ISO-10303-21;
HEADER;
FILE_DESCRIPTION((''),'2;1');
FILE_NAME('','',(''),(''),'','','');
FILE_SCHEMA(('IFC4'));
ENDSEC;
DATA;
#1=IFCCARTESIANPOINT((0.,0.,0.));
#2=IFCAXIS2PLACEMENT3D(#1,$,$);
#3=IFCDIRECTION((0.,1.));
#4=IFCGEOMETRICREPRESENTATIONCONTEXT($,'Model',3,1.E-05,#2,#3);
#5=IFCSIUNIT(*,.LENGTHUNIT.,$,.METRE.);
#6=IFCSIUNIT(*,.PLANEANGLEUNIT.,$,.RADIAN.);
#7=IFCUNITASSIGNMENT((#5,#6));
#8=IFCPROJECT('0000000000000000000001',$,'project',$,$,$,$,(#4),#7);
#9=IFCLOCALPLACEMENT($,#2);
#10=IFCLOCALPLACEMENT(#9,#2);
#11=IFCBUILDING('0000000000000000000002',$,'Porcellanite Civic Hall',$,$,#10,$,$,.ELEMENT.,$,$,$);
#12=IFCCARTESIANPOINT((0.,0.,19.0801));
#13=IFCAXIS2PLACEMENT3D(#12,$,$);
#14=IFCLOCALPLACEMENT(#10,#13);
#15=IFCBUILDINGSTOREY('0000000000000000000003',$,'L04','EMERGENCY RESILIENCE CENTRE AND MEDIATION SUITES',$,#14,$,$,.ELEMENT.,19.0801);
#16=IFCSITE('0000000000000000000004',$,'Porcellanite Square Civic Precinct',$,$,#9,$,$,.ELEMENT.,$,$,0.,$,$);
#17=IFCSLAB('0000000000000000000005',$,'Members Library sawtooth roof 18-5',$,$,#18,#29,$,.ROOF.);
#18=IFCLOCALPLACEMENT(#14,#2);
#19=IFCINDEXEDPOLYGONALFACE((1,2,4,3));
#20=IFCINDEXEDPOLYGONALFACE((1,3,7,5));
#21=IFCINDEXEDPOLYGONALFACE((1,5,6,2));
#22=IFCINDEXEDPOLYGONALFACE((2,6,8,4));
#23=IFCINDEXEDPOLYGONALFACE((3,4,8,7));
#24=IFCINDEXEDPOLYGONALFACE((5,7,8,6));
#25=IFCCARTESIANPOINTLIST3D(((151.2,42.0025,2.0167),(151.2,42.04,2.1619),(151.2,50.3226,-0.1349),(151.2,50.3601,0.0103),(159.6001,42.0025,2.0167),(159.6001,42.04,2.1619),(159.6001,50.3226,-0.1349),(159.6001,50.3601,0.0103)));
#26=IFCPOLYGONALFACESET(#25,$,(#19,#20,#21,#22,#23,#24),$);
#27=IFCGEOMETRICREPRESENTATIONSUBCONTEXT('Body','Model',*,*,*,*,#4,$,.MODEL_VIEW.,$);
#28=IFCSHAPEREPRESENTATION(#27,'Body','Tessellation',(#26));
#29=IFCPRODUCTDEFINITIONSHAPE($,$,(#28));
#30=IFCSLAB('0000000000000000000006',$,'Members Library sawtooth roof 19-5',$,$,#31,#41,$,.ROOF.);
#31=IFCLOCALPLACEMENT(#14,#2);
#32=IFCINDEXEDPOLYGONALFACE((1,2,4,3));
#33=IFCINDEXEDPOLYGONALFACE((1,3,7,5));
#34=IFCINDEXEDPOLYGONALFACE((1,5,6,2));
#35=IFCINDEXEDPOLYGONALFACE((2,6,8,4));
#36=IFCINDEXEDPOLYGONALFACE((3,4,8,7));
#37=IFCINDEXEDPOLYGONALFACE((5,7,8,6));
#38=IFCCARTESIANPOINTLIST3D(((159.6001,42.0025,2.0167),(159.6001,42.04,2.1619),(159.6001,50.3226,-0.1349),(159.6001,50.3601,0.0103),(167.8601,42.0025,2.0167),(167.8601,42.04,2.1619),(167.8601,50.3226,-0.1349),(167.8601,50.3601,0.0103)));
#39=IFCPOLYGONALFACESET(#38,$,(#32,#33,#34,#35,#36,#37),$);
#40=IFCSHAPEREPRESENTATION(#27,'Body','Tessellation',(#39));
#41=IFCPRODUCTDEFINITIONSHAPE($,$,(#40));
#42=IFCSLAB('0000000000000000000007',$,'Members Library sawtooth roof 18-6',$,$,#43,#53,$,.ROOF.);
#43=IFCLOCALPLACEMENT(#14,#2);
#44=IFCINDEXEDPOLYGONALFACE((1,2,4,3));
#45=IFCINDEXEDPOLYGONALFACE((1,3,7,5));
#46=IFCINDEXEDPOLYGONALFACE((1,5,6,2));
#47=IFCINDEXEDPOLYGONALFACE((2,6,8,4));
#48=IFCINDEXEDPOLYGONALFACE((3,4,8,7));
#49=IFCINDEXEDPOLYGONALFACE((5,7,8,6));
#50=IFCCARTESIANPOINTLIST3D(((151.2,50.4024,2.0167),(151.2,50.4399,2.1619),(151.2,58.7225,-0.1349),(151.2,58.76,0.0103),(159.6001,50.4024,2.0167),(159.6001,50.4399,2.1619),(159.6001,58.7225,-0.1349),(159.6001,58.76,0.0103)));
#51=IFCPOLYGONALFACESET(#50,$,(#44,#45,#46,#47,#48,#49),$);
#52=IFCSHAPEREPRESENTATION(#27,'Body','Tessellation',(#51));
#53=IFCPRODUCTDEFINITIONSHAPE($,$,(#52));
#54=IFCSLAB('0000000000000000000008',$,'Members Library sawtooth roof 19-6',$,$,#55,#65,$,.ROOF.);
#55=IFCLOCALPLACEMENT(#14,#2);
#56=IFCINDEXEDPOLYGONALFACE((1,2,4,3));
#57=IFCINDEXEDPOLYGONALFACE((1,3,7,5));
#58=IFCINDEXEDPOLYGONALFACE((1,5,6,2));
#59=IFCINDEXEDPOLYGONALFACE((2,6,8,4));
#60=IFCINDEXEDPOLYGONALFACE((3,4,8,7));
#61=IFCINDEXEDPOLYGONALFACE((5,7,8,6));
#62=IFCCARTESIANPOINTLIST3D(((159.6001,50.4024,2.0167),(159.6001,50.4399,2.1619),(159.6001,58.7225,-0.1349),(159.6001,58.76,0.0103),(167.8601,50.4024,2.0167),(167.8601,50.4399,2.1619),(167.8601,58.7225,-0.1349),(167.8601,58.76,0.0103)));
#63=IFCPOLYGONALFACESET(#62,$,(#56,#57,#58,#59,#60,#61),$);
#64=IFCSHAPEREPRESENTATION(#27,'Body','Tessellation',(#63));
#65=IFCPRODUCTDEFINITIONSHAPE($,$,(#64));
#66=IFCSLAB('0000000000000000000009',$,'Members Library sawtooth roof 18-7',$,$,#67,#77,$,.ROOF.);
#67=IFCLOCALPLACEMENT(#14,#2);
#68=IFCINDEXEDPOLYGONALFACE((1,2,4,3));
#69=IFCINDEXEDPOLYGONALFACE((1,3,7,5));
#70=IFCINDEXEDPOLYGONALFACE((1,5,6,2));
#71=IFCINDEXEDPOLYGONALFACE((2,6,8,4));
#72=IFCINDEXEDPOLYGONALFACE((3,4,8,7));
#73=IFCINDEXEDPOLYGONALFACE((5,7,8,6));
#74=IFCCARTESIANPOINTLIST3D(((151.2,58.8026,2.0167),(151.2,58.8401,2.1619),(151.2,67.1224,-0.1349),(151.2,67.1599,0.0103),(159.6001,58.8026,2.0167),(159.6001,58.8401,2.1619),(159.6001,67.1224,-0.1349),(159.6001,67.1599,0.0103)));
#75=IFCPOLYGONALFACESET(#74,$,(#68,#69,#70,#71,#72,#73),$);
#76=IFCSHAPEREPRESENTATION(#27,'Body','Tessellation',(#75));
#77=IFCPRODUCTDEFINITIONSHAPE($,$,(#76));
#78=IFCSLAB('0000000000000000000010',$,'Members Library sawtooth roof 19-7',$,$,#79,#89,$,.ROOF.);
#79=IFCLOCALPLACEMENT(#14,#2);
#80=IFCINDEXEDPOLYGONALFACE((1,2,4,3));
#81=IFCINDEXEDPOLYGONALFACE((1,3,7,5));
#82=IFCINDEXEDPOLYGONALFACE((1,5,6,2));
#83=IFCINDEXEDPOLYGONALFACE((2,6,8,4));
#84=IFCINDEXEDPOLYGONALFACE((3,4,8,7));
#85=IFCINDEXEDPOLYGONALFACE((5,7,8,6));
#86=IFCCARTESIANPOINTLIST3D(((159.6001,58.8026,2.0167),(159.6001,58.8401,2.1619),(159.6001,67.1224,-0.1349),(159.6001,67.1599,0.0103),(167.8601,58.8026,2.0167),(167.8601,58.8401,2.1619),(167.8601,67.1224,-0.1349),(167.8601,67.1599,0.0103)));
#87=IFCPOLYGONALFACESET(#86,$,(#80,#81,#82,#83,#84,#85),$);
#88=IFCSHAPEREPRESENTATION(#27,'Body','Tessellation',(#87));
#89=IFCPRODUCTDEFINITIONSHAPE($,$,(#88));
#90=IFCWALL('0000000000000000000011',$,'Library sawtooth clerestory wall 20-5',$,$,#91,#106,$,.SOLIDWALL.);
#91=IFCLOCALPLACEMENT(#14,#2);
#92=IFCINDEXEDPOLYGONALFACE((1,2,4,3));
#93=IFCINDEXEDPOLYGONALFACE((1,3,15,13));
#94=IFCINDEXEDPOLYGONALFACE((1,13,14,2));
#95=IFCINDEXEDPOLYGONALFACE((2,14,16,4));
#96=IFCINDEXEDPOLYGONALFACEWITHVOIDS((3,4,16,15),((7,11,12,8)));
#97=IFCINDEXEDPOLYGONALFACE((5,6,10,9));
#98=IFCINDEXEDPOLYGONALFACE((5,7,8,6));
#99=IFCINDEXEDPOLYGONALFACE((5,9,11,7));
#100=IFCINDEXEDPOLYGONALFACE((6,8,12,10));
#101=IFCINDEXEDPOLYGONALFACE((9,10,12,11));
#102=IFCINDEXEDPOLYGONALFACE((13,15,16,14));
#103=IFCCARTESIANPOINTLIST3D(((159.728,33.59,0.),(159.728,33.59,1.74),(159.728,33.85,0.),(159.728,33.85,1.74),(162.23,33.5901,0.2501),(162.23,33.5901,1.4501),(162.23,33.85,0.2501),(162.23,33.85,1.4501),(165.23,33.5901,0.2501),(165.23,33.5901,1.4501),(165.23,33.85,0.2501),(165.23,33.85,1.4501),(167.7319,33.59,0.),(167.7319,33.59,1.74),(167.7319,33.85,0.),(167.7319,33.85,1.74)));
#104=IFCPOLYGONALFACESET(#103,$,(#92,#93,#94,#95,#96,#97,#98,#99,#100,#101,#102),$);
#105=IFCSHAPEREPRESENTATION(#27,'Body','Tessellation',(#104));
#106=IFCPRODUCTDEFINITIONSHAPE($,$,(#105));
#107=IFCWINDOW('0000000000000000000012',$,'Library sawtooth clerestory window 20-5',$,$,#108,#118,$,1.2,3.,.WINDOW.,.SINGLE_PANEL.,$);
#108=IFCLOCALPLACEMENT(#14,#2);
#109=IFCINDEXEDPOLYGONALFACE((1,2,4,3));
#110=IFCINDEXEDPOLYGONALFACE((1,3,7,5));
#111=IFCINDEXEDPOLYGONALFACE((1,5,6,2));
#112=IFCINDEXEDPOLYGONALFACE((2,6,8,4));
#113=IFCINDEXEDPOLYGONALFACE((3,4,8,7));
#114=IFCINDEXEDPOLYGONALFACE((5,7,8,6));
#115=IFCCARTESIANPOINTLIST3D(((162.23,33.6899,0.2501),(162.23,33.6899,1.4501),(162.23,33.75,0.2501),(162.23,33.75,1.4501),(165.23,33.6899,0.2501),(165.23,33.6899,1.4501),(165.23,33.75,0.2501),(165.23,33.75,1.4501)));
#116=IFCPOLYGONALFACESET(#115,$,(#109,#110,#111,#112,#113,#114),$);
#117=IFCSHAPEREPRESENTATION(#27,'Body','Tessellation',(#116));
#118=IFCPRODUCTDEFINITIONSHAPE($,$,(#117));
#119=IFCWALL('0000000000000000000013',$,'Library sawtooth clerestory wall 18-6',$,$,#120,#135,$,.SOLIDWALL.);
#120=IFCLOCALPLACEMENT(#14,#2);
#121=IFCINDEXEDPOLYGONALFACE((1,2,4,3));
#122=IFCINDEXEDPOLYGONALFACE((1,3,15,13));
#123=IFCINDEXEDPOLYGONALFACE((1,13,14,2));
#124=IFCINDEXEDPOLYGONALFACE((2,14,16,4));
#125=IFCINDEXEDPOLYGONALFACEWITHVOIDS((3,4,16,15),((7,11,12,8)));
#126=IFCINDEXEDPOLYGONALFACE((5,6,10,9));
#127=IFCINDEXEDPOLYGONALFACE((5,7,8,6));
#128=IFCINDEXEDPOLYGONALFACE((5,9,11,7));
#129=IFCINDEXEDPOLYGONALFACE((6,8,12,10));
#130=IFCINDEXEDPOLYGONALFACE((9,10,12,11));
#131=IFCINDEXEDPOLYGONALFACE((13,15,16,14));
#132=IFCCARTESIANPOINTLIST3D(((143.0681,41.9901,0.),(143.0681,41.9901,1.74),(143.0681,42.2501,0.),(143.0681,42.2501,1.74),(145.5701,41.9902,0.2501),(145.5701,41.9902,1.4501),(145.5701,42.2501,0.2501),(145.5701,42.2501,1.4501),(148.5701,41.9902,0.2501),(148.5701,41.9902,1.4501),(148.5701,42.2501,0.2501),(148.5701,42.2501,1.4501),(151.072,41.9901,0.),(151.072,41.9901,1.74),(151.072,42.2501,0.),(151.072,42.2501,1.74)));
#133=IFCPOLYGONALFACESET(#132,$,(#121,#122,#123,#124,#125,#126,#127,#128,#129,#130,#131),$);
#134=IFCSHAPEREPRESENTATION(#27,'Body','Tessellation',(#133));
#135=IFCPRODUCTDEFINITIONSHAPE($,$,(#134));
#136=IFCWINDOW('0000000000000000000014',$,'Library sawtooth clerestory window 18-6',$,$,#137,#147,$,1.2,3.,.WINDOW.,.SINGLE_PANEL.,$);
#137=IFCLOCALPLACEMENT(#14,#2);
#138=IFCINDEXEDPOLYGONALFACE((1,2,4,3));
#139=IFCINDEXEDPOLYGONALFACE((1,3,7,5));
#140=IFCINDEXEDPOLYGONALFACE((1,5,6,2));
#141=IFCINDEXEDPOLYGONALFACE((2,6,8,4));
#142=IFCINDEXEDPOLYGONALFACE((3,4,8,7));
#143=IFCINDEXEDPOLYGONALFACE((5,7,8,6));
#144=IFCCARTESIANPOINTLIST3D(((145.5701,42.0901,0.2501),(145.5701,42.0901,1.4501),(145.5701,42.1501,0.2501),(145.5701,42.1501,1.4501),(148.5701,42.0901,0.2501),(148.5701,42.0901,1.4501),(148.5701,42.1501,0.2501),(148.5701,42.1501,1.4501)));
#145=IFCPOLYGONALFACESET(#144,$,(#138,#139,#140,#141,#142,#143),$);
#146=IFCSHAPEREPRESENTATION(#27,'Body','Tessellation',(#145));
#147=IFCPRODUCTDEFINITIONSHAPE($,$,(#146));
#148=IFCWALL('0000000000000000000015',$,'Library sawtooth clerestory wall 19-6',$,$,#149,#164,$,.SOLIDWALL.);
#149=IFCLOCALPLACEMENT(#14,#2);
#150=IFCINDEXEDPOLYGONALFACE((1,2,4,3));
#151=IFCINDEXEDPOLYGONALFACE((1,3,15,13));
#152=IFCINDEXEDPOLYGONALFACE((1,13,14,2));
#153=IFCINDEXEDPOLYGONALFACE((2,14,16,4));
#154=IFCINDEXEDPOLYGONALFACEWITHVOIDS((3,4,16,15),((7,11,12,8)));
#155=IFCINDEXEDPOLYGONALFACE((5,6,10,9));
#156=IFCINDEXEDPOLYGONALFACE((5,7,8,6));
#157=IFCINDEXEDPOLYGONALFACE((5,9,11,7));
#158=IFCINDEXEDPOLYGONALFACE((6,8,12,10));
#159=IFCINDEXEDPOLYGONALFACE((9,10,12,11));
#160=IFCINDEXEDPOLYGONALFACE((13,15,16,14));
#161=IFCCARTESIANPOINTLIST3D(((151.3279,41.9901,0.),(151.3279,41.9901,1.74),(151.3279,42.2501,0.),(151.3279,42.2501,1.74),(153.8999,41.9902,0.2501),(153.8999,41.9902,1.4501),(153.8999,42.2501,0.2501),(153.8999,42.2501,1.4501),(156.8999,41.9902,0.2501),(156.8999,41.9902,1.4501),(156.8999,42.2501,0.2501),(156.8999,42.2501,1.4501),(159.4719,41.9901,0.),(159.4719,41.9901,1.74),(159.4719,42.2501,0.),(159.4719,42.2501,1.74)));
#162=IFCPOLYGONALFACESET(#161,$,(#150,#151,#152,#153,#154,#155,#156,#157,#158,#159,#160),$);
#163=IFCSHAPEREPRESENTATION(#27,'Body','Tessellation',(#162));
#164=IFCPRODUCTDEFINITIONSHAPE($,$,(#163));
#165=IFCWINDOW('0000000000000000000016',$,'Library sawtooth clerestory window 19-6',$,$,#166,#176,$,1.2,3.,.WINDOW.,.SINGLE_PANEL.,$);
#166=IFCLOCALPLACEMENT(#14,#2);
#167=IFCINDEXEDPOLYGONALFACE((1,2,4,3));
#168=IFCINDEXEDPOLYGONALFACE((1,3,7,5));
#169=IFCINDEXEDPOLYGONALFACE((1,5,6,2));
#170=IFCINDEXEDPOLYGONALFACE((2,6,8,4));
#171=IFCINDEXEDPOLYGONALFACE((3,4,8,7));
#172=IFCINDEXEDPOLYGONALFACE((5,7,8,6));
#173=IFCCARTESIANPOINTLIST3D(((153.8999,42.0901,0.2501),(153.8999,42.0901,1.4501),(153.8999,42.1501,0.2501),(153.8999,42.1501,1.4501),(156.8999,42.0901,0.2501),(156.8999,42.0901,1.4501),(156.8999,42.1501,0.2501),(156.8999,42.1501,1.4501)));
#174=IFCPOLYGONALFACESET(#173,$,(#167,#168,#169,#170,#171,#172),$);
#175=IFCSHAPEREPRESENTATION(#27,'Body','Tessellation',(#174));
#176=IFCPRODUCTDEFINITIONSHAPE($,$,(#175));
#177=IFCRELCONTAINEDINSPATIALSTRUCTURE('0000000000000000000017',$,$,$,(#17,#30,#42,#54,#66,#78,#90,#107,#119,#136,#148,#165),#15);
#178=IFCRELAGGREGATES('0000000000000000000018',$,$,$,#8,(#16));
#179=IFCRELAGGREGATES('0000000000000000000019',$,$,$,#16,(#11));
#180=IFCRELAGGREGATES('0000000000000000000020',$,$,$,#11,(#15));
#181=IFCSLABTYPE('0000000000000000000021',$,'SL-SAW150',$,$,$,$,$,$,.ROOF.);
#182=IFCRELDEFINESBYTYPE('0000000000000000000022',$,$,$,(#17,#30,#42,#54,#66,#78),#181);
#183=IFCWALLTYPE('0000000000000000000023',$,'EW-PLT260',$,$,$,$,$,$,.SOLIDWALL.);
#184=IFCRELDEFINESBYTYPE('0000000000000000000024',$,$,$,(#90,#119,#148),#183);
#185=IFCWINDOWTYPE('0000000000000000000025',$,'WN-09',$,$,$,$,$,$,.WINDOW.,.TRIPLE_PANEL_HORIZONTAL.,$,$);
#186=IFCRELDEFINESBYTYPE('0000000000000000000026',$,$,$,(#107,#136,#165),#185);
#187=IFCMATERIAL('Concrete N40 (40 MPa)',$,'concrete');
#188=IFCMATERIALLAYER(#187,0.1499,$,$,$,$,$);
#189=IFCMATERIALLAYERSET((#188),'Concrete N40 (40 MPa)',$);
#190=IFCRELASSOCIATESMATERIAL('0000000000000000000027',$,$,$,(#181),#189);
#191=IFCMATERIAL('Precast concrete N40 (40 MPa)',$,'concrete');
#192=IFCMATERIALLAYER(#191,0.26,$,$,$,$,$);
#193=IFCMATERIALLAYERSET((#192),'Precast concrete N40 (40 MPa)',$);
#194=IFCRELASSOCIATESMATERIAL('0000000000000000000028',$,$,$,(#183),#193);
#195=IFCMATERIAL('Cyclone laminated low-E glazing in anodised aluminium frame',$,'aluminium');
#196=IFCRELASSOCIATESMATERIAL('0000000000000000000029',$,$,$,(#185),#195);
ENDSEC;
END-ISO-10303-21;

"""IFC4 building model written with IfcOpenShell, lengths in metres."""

from ifc_helpers import new_model, si_unit, direction, frame, frame_2d, origin, place, context, subcontext, project, spatial, polyline, rectangle, outline, extrude, material, layer, layer_set, type_object, element, fill, save


model = new_model("IFC4")

# Units and contexts
model_context = context("Model", 3, precision=1e-05, world=origin(), true_north=direction((0.0, 1.0)))
body_context = subcontext(model_context, "Body", "Model", "MODEL_VIEW")
ifc_project = project(units=[si_unit("LENGTHUNIT", "METRE"), si_unit("PLANEANGLEUNIT", "RADIAN")], contexts=[model_context])

# Site, building, storey
site_placement = place(None, origin())
site = spatial("IfcSite", under=ifc_project, at=site_placement, Name="Porcellanite Square Civic Precinct", CompositionType="ELEMENT", RefElevation=0.0)
building_placement = place(site_placement, origin())
building = spatial("IfcBuilding", under=site, at=building_placement, Name="Porcellanite Civic Hall", CompositionType="ELEMENT")
storey_placement = place(building_placement, frame((0.0, 0.0, 19.0801)))
storey = spatial("IfcBuildingStorey", under=building, at=storey_placement, Name="L04", Description="EMERGENCY RESILIENCE CENTRE AND MEDIATION SUITES", CompositionType="ELEMENT", Elevation=19.0801)

# Slabs
ifc_material_1 = material(Name="Concrete N40 (40 MPa)", Category="concrete")
ifc_layer_1 = layer(ifc_material_1, 0.1499)
ifc_layer_set_1 = layer_set([ifc_layer_1], Name="Concrete N40 (40 MPa)")
slab_type = type_object("IfcSlabType", Name="SL-SAW150", PredefinedType="ROOF", material=ifc_layer_set_1)
slab_1_placement = place(storey_placement, frame((151.2, 42.04, 2.1619), z_axis=(0.0, 0.250369, 0.968151), x_axis=(1.0, 0.0, 0.0)))
element("IfcSlab", 1, at=slab_1_placement, inside=storey, type_object=slab_type, Name="Members Library sawtooth roof 18-5", PredefinedType="ROOF", context=body_context, shape_type="SweptSolid", body=[
    extrude(outline(polyline([(0.0, 0.0), (8.4001, 0.0), (8.4001, 8.5938), (0.0, 8.5938), (0.0, 0.0)])), origin(), (0.0, 0.0, -1.0), 0.1499),
])
slab_2_placement = place(storey_placement, frame((159.6001, 42.04, 2.1619), z_axis=(0.0, 0.250369, 0.968151), x_axis=(1.0, 0.0, 0.0)))
element("IfcSlab", 2, at=slab_2_placement, inside=storey, type_object=slab_type, Name="Members Library sawtooth roof 19-5", PredefinedType="ROOF", context=body_context, shape_type="SweptSolid", body=[
    extrude(outline(polyline([(0.0, 0.0), (8.26, 0.0), (8.26, 8.5938), (0.0, 8.5938), (0.0, 0.0)])), origin(), (0.0, 0.0, -1.0), 0.1499),
])
slab_3_placement = place(storey_placement, frame((151.2, 50.4399, 2.1619), z_axis=(0.0, 0.250369, 0.968151), x_axis=(1.0, 0.0, 0.0)))
element("IfcSlab", 3, at=slab_3_placement, inside=storey, type_object=slab_type, Name="Members Library sawtooth roof 18-6", PredefinedType="ROOF", context=body_context, shape_type="SweptSolid", body=[
    extrude(outline(polyline([(0.0, 0.0), (8.4001, 0.0), (8.4001, 8.5938), (0.0, 8.5938), (0.0, 0.0)])), origin(), (0.0, 0.0, -1.0), 0.1499),
])
slab_4_placement = place(storey_placement, frame((159.6001, 50.4399, 2.1619), z_axis=(0.0, 0.250369, 0.968151), x_axis=(1.0, 0.0, 0.0)))
element("IfcSlab", 4, at=slab_4_placement, inside=storey, type_object=slab_type, Name="Members Library sawtooth roof 19-6", PredefinedType="ROOF", context=body_context, shape_type="SweptSolid", body=[
    extrude(outline(polyline([(0.0, 0.0), (8.26, 0.0), (8.26, 8.5938), (0.0, 8.5938), (0.0, 0.0)])), origin(), (0.0, 0.0, -1.0), 0.1499),
])
slab_5_placement = place(storey_placement, frame((151.2, 58.8401, 2.1619), z_axis=(0.0, 0.250375, 0.968149), x_axis=(1.0, 0.0, 0.0)))
element("IfcSlab", 5, at=slab_5_placement, inside=storey, type_object=slab_type, Name="Members Library sawtooth roof 18-7", PredefinedType="ROOF", context=body_context, shape_type="SweptSolid", body=[
    extrude(outline(polyline([(0.0, 0.0), (8.4001, 0.0), (8.4001, 8.5935), (0.0, 8.5935), (0.0, 0.0)])), origin(), (0.0, 0.0, -1.0), 0.1499),
])
slab_6_placement = place(storey_placement, frame((159.6001, 58.8401, 2.1619), z_axis=(0.0, 0.250375, 0.968149), x_axis=(1.0, 0.0, 0.0)))
element("IfcSlab", 6, at=slab_6_placement, inside=storey, type_object=slab_type, Name="Members Library sawtooth roof 19-7", PredefinedType="ROOF", context=body_context, shape_type="SweptSolid", body=[
    extrude(outline(polyline([(0.0, 0.0), (8.26, 0.0), (8.26, 8.5935), (0.0, 8.5935), (0.0, 0.0)])), origin(), (0.0, 0.0, -1.0), 0.1499),
])

# Walls, openings, windows
ifc_material_2 = material(Name="Precast concrete N40 (40 MPa)", Category="concrete")
ifc_layer_2 = layer(ifc_material_2, 0.26)
ifc_layer_set_2 = layer_set([ifc_layer_2], Name="Precast concrete N40 (40 MPa)")
wall_type = type_object("IfcWallType", Name="EW-PLT260", PredefinedType="SOLIDWALL", material=ifc_layer_set_2)
wall_1_placement = place(storey_placement, frame((167.7319, 33.72, 0.0), z_axis=(0.0, 0.0, 1.0), x_axis=(-1.0, 0.0, 0.0)))
wall_1 = element("IfcWall", 7, at=wall_1_placement, inside=storey, type_object=wall_type, Name="Library sawtooth clerestory wall 20-5", PredefinedType="SOLIDWALL", context=body_context, shape_type="SweptSolid", body=[
    extrude(rectangle(XDim=8.0039, YDim=0.26, at=frame_2d((4.002, 0.0))), origin(), (0.0, 0.0, 1.0), 1.74),
])
opening_1_placement = place(wall_1_placement, frame((2.502, 0.0, 0.25)))
opening_1 = element("IfcOpeningElement", 8, at=opening_1_placement, cuts=wall_1, PredefinedType="OPENING", context=body_context, shape_type="SweptSolid", body=[
    extrude(rectangle(XDim=3.0, YDim=1.2, at=frame_2d((1.5, 0.6001))), frame((0.0, 0.1299, 0.0), z_axis=(0.0, -1.0, 0.0), x_axis=(1.0, 0.0, 0.0)), (0.0, 0.0, 1.0), 0.26),
])
ifc_material_3 = material(Name="Cyclone laminated low-E glazing in anodised aluminium frame", Category="aluminium")
window_type = type_object("IfcWindowType", Name="WN-09", PartitioningType="TRIPLE_PANEL_HORIZONTAL", PredefinedType="WINDOW", material=ifc_material_3)
window_1_placement = place(opening_1_placement, origin())
window_1 = element("IfcWindow", 9, at=window_1_placement, inside=storey, type_object=window_type, Name="Library sawtooth clerestory window 20-5", OverallHeight=1.2, OverallWidth=3.0, PartitioningType="SINGLE_PANEL", PredefinedType="WINDOW", context=body_context, shape_type="SweptSolid", body=[
    extrude(rectangle(XDim=3.0, YDim=1.2, at=frame_2d((1.5, 0.6001))), frame((0.0, 0.03, 0.0), z_axis=(0.0, -1.0, 0.0), x_axis=(1.0, 0.0, 0.0)), (0.0, 0.0, 1.0), 0.0601),
])
fill(opening_1, window_1)
wall_2_placement = place(storey_placement, frame((151.072, 42.1201, 0.0), z_axis=(0.0, 0.0, 1.0), x_axis=(-1.0, 0.0, 0.0)))
wall_2 = element("IfcWall", 10, at=wall_2_placement, inside=storey, type_object=wall_type, Name="Library sawtooth clerestory wall 18-6", PredefinedType="SOLIDWALL", context=body_context, shape_type="SweptSolid", body=[
    extrude(rectangle(XDim=8.0039, YDim=0.26, at=frame_2d((4.002, 0.0))), origin(), (0.0, 0.0, 1.0), 1.74),
])
opening_2_placement = place(wall_2_placement, frame((2.502, 0.0, 0.25)))
opening_2 = element("IfcOpeningElement", 11, at=opening_2_placement, cuts=wall_2, PredefinedType="OPENING", context=body_context, shape_type="SweptSolid", body=[
    extrude(rectangle(XDim=3.0, YDim=1.2, at=frame_2d((1.5, 0.6001))), frame((0.0, 0.1299, 0.0), z_axis=(0.0, -1.0, 0.0), x_axis=(1.0, 0.0, 0.0)), (0.0, 0.0, 1.0), 0.26),
])
window_2_placement = place(opening_2_placement, origin())
window_2 = element("IfcWindow", 12, at=window_2_placement, inside=storey, type_object=window_type, Name="Library sawtooth clerestory window 18-6", OverallHeight=1.2, OverallWidth=3.0, PartitioningType="SINGLE_PANEL", PredefinedType="WINDOW", context=body_context, shape_type="SweptSolid", body=[
    extrude(rectangle(XDim=3.0, YDim=1.2, at=frame_2d((1.5, 0.6001))), frame((0.0, 0.03, 0.0), z_axis=(0.0, -1.0, 0.0), x_axis=(1.0, 0.0, 0.0)), (0.0, 0.0, 1.0), 0.0601),
])
fill(opening_2, window_2)
wall_3_placement = place(storey_placement, frame((159.4719, 42.1201, 0.0), z_axis=(0.0, 0.0, 1.0), x_axis=(-1.0, 0.0, 0.0)))
wall_3 = element("IfcWall", 13, at=wall_3_placement, inside=storey, type_object=wall_type, Name="Library sawtooth clerestory wall 19-6", PredefinedType="SOLIDWALL", context=body_context, shape_type="SweptSolid", body=[
    extrude(rectangle(XDim=8.144, YDim=0.26, at=frame_2d((4.072, 0.0))), origin(), (0.0, 0.0, 1.0), 1.74),
])
opening_3_placement = place(wall_3_placement, frame((2.572, 0.0, 0.25)))
opening_3 = element("IfcOpeningElement", 14, at=opening_3_placement, cuts=wall_3, PredefinedType="OPENING", context=body_context, shape_type="SweptSolid", body=[
    extrude(rectangle(XDim=3.0, YDim=1.2, at=frame_2d((1.5, 0.6001))), frame((0.0, 0.1299, 0.0), z_axis=(0.0, -1.0, 0.0), x_axis=(1.0, 0.0, 0.0)), (0.0, 0.0, 1.0), 0.26),
])
window_3_placement = place(opening_3_placement, origin())
window_3 = element("IfcWindow", 15, at=window_3_placement, inside=storey, type_object=window_type, Name="Library sawtooth clerestory window 19-6", OverallHeight=1.2, OverallWidth=3.0, PartitioningType="SINGLE_PANEL", PredefinedType="WINDOW", context=body_context, shape_type="SweptSolid", body=[
    extrude(rectangle(XDim=3.0, YDim=1.2, at=frame_2d((1.5, 0.6001))), frame((0.0, 0.03, 0.0), z_axis=(0.0, -1.0, 0.0), x_axis=(1.0, 0.0, 0.0)), (0.0, 0.0, 1.0), 0.0601),
])
fill(opening_3, window_3)

save(model, "model.ifc")
